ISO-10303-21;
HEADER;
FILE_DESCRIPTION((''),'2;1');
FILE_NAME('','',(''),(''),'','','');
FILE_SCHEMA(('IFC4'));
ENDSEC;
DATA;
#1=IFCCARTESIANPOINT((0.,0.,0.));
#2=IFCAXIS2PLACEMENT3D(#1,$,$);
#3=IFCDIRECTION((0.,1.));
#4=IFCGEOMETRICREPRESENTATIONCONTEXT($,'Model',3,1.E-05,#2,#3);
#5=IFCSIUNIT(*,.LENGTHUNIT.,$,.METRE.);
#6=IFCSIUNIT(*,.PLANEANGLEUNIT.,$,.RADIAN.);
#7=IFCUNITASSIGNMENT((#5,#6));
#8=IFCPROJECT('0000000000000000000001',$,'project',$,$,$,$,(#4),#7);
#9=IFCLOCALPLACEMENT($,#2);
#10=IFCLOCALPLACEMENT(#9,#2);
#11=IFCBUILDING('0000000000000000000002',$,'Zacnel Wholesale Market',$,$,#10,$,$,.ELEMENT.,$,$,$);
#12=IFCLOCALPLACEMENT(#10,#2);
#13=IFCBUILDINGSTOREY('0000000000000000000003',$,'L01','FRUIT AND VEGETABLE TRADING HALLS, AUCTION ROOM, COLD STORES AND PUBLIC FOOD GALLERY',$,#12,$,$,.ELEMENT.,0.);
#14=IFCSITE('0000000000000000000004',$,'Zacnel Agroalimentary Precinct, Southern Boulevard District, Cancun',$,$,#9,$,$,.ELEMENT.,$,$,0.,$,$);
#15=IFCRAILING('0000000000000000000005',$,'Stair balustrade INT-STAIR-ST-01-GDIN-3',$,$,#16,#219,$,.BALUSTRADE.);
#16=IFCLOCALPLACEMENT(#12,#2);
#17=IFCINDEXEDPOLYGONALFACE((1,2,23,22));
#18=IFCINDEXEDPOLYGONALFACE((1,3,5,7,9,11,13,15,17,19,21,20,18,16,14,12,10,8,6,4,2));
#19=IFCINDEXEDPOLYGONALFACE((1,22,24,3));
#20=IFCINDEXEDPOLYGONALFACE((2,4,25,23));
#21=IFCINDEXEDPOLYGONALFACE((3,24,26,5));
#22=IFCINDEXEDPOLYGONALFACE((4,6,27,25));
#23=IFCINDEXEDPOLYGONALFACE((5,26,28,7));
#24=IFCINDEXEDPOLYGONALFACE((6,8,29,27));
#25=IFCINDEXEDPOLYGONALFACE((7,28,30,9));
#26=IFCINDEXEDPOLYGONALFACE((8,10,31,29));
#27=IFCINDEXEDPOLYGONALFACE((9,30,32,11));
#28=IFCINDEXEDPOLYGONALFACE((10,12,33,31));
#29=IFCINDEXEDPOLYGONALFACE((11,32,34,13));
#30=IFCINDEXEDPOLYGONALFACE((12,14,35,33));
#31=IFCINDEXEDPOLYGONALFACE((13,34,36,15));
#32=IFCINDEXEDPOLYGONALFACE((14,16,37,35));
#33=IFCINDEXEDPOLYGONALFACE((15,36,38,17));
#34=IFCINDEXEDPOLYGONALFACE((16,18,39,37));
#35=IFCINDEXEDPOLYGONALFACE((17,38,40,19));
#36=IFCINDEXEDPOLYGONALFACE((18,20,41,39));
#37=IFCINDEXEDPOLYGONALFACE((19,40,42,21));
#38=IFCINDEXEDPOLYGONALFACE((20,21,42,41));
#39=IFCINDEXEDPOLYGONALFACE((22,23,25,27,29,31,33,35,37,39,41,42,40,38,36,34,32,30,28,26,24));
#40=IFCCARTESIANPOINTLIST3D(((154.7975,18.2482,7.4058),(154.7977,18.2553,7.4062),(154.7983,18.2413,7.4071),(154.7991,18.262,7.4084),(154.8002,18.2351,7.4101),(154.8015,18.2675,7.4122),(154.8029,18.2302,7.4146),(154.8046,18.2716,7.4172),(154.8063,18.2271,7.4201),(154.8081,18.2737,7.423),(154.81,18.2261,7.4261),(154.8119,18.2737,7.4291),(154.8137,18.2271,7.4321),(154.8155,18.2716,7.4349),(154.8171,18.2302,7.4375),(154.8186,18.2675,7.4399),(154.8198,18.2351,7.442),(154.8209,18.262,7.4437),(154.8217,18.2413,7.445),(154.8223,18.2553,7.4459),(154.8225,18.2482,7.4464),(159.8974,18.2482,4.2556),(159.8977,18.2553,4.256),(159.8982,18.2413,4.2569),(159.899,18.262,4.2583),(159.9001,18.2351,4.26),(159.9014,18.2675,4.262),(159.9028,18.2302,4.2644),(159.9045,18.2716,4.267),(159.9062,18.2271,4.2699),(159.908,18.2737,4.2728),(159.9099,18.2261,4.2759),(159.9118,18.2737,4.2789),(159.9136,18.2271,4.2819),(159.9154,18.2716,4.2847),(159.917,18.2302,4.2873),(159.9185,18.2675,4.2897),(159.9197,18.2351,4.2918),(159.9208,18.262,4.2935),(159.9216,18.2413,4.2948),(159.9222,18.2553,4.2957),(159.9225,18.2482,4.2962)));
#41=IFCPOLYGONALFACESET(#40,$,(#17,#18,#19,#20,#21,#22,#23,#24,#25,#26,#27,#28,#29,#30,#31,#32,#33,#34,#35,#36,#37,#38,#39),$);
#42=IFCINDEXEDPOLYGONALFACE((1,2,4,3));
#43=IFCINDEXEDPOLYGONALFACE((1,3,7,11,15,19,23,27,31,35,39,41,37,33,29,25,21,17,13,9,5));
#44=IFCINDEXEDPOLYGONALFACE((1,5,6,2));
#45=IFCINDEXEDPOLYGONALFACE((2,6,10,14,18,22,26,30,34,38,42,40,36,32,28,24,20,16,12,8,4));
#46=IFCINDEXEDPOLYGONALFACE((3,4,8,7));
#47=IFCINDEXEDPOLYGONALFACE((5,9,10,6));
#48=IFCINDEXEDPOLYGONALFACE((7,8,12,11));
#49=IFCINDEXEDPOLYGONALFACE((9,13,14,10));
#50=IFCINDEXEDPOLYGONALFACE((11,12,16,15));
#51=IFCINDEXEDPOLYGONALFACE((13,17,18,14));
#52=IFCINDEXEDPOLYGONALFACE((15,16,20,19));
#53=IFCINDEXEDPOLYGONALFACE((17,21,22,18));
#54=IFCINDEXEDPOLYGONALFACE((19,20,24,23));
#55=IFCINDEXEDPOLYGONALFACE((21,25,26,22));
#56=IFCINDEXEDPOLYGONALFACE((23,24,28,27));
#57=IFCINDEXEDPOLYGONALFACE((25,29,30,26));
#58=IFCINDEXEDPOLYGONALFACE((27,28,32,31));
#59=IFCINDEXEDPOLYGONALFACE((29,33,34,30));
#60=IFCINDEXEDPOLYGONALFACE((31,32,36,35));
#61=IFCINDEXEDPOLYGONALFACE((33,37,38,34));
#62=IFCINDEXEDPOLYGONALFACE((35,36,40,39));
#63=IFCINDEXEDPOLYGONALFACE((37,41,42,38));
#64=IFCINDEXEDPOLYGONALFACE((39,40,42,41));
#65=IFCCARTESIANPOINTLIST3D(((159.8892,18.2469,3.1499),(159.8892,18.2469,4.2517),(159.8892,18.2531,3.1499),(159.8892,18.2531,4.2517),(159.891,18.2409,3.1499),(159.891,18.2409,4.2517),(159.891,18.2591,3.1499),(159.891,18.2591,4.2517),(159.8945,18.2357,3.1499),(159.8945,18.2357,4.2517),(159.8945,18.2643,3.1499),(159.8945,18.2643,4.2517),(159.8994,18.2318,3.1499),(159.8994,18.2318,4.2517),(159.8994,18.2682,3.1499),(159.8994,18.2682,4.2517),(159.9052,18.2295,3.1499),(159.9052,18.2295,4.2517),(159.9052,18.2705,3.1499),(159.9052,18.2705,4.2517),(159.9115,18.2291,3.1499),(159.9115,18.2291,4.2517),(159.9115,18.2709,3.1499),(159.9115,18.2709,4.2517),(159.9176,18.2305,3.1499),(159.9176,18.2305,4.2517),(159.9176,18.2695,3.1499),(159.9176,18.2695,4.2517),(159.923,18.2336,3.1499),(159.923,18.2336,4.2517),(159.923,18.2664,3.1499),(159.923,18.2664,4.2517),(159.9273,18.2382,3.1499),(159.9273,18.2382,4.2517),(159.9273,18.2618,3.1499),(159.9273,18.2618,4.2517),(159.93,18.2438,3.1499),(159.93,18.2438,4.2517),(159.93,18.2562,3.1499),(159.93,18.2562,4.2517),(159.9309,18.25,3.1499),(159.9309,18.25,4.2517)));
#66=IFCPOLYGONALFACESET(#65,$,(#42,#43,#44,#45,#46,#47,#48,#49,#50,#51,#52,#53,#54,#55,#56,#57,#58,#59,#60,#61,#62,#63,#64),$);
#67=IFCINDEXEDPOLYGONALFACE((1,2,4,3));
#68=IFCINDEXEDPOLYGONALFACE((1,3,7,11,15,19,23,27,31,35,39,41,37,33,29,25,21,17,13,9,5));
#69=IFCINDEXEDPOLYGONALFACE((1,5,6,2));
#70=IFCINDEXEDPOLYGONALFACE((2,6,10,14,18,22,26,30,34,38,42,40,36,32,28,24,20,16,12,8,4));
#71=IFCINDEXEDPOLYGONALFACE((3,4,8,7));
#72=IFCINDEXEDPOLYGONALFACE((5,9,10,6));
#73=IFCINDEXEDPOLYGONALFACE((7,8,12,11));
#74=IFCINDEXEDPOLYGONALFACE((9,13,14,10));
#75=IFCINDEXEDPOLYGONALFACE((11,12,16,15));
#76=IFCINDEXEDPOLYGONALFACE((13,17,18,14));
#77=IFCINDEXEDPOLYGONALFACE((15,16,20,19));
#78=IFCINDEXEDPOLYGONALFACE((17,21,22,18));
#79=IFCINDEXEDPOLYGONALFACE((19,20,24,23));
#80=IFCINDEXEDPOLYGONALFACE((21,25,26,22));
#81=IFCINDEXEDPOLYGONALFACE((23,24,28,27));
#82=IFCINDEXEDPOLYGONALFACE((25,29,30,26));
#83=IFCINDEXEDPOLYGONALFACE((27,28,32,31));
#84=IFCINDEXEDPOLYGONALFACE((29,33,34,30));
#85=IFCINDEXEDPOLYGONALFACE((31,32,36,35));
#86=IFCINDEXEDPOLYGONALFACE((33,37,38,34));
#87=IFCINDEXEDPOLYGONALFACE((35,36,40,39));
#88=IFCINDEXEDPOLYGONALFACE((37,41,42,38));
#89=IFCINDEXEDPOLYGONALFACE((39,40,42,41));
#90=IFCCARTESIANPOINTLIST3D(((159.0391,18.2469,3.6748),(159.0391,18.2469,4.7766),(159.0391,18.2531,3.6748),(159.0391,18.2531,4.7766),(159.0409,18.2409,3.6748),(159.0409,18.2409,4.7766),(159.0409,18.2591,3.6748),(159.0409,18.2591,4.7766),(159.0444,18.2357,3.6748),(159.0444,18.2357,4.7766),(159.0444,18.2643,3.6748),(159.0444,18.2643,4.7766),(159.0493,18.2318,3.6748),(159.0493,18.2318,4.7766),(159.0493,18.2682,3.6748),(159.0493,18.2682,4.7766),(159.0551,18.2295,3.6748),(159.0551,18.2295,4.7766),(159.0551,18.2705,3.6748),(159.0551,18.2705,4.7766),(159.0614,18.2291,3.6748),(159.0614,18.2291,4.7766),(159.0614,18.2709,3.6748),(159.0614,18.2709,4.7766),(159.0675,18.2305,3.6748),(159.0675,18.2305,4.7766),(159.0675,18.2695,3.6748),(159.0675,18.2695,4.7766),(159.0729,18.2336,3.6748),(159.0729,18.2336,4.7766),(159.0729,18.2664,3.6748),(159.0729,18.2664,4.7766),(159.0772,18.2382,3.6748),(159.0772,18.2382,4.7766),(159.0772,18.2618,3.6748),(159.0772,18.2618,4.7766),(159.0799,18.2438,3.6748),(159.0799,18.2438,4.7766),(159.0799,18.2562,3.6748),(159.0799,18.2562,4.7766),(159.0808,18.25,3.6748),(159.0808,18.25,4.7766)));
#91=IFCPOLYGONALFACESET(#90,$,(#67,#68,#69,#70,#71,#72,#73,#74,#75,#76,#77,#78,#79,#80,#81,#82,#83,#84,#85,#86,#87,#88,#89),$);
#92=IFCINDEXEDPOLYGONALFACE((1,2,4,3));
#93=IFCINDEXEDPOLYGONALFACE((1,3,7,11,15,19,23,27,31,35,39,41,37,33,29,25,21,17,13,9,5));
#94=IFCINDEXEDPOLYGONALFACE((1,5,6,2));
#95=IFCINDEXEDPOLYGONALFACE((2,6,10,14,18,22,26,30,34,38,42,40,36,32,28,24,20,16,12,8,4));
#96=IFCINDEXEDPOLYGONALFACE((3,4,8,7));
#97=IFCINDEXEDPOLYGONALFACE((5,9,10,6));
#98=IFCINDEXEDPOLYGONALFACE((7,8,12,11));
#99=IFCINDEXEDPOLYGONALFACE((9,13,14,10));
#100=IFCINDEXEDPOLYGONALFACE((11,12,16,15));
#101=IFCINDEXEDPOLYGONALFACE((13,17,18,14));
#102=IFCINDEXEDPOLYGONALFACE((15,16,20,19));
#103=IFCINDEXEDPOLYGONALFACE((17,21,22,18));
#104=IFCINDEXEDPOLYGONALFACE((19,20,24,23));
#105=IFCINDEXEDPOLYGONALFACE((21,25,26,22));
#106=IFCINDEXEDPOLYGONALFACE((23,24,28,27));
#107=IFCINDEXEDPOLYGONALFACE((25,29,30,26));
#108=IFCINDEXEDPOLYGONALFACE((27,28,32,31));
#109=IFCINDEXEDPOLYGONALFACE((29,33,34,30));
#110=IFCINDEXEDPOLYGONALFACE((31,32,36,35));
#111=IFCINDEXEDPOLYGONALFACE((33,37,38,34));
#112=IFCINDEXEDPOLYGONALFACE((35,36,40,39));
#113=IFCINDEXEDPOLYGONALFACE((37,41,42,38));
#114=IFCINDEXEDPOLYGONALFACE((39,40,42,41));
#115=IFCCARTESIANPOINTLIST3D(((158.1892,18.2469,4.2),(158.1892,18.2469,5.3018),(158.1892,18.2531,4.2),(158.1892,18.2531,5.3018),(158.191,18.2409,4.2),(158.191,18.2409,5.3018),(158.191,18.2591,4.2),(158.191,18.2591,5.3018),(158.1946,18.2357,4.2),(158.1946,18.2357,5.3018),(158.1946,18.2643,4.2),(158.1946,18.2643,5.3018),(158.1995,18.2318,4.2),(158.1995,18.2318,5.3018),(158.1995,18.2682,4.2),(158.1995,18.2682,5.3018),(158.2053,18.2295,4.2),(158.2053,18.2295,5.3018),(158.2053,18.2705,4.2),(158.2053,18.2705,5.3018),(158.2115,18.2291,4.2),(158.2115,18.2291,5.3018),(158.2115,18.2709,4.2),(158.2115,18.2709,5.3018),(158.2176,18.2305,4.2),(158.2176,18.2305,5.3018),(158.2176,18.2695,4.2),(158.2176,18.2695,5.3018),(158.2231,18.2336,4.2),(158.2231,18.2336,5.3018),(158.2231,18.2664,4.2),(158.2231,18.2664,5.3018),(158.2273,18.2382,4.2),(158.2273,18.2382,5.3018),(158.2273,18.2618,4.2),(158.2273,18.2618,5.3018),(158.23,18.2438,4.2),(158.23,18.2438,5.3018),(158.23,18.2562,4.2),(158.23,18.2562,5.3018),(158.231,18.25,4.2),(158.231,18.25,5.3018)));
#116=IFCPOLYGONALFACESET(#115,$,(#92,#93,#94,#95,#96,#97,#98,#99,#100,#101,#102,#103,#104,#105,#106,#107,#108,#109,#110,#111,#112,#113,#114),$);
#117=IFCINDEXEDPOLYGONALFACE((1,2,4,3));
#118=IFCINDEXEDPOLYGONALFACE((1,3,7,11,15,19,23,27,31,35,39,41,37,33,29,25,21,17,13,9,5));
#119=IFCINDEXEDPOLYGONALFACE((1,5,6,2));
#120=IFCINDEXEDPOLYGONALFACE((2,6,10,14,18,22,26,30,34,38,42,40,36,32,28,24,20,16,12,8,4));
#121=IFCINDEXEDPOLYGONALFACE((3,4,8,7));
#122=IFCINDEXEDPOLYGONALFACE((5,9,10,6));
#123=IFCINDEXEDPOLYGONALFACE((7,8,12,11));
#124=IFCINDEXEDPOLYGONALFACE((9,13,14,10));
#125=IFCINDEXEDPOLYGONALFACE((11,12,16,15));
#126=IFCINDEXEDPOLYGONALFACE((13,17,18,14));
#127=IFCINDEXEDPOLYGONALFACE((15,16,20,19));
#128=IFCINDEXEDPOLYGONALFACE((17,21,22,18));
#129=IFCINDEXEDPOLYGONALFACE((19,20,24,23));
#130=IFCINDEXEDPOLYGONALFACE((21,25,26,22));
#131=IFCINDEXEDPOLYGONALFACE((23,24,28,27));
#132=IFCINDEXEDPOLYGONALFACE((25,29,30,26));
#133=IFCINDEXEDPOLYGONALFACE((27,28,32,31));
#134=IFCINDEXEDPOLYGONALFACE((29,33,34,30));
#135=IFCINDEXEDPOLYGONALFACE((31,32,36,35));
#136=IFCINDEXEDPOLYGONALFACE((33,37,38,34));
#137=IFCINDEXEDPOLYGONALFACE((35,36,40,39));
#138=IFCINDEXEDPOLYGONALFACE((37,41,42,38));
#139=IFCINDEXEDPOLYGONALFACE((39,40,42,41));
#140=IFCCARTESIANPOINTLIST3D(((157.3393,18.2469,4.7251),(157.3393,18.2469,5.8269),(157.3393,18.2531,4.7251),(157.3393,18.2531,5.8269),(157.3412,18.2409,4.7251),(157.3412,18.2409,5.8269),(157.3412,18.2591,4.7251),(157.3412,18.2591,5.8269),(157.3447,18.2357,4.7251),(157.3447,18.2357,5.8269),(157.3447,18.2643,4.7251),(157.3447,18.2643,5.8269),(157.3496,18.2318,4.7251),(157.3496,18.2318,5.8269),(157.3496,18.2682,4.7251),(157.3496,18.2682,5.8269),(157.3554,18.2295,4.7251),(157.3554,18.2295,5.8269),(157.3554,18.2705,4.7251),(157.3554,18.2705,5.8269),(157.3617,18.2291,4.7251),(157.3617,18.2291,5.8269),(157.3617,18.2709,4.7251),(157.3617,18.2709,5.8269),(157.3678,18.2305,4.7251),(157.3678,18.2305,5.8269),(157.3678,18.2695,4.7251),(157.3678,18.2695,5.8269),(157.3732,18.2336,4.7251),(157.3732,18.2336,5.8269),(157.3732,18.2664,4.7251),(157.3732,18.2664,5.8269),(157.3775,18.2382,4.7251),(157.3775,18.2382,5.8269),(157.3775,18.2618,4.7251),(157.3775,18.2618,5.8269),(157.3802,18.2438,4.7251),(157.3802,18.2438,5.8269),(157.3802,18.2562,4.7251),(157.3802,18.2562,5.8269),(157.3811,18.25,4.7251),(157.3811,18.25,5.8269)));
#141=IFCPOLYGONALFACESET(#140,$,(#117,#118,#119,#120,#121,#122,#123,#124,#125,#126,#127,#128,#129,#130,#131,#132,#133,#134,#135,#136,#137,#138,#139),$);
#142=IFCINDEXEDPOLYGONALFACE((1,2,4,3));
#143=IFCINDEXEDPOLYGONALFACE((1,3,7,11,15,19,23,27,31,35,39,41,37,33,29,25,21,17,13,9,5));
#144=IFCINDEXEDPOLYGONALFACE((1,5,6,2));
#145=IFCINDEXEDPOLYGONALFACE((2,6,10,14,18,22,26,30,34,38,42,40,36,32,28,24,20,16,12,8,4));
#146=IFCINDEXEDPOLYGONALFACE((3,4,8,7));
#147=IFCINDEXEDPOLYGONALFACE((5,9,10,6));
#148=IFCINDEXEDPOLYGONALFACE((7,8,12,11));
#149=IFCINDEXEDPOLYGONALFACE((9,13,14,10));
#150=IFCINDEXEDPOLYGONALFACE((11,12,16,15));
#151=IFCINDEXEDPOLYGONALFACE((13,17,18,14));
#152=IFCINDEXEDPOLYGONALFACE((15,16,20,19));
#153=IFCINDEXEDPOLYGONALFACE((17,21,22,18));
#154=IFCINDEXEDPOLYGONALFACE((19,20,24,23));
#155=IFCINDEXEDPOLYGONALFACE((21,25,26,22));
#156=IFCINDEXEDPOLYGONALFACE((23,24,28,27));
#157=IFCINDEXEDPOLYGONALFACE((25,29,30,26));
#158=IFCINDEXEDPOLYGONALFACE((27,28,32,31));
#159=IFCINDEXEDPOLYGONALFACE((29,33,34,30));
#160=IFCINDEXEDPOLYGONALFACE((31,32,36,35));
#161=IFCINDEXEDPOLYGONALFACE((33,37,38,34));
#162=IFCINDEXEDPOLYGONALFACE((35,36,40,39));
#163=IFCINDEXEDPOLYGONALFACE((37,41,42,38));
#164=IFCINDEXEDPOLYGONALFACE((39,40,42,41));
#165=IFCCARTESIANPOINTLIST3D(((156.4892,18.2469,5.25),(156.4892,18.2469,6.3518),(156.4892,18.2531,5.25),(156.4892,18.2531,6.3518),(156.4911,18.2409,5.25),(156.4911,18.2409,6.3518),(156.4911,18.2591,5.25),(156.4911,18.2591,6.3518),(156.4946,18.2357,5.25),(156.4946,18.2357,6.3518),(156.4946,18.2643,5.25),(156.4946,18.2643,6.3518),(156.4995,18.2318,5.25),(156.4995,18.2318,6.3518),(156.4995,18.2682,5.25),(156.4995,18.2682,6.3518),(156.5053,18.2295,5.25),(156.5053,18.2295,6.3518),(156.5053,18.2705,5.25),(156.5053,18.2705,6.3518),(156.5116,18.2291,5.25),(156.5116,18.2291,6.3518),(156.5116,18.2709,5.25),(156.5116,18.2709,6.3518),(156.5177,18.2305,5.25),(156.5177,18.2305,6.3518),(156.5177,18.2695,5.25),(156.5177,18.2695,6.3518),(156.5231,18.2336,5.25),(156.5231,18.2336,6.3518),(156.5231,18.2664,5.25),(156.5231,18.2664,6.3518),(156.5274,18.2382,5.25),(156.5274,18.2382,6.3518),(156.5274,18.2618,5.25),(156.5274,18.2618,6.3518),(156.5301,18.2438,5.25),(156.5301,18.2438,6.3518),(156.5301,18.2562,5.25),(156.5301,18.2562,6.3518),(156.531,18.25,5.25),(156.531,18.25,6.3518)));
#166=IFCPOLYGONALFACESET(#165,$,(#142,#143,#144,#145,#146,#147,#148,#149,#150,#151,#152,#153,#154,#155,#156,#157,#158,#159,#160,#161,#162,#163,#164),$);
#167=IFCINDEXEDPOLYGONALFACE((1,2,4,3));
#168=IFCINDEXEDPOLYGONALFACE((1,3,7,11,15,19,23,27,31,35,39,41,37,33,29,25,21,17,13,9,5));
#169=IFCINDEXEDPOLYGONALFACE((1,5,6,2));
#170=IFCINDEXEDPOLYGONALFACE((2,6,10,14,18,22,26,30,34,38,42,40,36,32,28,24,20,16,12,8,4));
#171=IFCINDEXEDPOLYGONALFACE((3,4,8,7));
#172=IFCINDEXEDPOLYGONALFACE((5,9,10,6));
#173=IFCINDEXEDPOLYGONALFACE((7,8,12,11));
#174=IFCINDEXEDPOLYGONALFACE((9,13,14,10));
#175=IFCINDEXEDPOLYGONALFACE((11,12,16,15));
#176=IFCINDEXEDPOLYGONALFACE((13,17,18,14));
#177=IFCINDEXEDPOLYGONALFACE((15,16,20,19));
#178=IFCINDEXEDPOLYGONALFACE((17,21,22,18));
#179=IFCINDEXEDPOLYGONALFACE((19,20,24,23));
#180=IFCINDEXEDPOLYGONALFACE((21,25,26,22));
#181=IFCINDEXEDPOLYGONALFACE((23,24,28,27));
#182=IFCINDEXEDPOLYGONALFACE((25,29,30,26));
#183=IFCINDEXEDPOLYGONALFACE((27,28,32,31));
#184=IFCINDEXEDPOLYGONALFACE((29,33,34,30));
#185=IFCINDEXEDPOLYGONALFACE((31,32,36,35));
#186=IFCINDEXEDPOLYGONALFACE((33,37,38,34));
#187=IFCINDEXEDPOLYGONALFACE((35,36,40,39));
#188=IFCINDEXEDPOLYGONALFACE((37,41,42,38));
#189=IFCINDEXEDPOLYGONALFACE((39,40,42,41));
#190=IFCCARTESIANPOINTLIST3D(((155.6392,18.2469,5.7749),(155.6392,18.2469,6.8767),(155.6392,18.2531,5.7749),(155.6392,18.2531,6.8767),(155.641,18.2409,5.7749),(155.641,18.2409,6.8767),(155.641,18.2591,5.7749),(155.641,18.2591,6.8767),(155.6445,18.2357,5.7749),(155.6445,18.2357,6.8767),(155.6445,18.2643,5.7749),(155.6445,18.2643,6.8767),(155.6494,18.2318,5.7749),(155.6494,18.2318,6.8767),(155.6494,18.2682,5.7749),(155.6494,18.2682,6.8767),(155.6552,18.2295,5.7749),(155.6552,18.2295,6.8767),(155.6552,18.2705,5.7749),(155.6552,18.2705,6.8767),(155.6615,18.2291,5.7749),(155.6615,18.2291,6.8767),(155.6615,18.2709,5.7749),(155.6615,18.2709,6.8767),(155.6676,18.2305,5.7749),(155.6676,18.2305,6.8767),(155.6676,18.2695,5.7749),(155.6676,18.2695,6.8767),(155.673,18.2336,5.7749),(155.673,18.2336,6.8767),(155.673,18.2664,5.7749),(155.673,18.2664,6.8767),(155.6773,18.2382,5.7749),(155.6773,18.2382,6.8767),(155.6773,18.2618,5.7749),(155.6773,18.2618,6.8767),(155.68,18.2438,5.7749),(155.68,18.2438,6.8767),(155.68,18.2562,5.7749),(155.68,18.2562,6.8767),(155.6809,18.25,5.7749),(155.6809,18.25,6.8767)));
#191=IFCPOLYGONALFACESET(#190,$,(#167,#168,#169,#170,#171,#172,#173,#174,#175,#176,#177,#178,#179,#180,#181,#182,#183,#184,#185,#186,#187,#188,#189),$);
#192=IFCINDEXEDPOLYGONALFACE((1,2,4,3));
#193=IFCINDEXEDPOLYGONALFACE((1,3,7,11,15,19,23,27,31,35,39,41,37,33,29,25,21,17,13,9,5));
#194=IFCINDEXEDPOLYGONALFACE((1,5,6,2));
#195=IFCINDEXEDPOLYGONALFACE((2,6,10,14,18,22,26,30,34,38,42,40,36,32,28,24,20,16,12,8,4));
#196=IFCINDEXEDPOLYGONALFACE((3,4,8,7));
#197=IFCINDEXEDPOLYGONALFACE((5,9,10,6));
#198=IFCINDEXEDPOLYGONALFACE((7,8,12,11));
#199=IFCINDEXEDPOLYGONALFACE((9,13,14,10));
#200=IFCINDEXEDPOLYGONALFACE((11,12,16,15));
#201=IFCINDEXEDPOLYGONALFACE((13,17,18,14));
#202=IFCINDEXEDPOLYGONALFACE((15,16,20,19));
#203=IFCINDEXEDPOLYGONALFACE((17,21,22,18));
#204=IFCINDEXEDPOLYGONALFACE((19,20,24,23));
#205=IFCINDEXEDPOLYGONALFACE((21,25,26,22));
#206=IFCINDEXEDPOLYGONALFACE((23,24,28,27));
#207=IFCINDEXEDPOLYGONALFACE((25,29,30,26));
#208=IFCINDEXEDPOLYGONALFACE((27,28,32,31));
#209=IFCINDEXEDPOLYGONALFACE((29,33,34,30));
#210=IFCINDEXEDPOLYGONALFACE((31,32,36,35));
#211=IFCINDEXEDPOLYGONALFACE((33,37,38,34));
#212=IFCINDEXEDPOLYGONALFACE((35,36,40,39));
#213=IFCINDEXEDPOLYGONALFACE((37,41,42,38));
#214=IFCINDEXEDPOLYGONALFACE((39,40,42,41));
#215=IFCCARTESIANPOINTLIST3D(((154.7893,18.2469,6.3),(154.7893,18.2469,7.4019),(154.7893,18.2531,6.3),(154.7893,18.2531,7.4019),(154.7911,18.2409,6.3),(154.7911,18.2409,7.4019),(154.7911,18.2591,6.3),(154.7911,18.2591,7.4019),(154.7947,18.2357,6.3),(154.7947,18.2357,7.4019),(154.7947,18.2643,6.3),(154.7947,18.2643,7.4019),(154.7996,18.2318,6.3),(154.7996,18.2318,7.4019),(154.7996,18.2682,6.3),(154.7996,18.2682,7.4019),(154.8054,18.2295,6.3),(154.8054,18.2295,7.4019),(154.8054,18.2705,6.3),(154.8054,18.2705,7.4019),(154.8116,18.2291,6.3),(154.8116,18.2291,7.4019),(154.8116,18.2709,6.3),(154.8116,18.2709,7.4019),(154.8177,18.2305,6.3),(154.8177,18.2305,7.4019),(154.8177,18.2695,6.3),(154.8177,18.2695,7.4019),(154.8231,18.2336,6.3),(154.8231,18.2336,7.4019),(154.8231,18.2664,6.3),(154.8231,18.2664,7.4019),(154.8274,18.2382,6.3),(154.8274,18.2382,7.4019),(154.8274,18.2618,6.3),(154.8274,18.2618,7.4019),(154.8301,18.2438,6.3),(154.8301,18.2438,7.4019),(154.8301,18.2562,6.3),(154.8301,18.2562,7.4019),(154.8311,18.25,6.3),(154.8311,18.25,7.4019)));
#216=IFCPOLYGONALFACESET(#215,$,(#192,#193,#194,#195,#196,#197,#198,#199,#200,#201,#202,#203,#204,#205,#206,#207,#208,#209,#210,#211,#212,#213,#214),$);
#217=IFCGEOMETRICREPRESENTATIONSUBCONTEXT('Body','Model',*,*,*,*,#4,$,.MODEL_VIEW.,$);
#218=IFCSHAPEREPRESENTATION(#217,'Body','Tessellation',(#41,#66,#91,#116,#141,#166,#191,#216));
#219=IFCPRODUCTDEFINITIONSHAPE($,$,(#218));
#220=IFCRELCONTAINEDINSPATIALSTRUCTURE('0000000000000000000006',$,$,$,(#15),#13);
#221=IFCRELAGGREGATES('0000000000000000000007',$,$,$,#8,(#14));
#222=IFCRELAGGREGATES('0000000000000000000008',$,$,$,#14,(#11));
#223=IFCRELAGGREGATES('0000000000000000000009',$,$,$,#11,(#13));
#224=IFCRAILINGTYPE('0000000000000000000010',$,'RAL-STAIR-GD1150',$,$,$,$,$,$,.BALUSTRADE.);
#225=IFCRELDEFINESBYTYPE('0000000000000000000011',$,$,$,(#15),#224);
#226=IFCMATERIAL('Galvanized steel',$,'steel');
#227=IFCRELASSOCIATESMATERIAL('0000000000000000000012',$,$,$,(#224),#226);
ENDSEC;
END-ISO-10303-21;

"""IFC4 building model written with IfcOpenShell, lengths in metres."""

from ifc_helpers import new_model, si_unit, direction, frame, origin, origin_2d, place, context, subcontext, project, spatial, circle, extrude, material, type_object, element, save


model = new_model("IFC4")

# Units and contexts
model_context = context("Model", 3, precision=1e-05, world=origin(), true_north=direction((0.0, 1.0)))
body_context = subcontext(model_context, "Body", "Model", "MODEL_VIEW")
ifc_project = project(units=[si_unit("LENGTHUNIT", "METRE"), si_unit("PLANEANGLEUNIT", "RADIAN")], contexts=[model_context])

# Site, building, storey
site_placement = place(None, origin())
site = spatial("IfcSite", under=ifc_project, at=site_placement, Name="Zacnel Agroalimentary Precinct, Southern Boulevard District, Cancun", CompositionType="ELEMENT", RefElevation=0.0)
building_placement = place(site_placement, origin())
building = spatial("IfcBuilding", under=site, at=building_placement, Name="Zacnel Wholesale Market", CompositionType="ELEMENT")
storey_placement = place(building_placement, origin())
storey = spatial("IfcBuildingStorey", under=building, at=storey_placement, Name="L01", Description="FRUIT AND VEGETABLE TRADING HALLS, AUCTION ROOM, COLD STORES AND PUBLIC FOOD GALLERY", CompositionType="ELEMENT", Elevation=0.0)

# Railing
ifc_material_1 = material(Name="Galvanized steel", Category="steel")
railing_type_1 = type_object("IfcRailingType", Name="RAL-STAIR-GD1150", PredefinedType="BALUSTRADE", material=ifc_material_1)
railing_1_placement = place(storey_placement, frame((159.9099, 18.25, 3.1499)))
element("IfcRailing", 1, at=railing_1_placement, inside=storey, type_object=railing_type_1, Name="Stair balustrade INT-STAIR-ST-01-GDIN-3", PredefinedType="BALUSTRADE", context=body_context, shape_type="SweptSolid", body=[
    extrude(circle(Radius=0.0239, at=origin_2d()), frame((0.0, 0.0, 1.126), z_axis=(-0.85078, 0.0, 0.525521), x_axis=(0.0, -1.0, 0.0)), (0.0, 0.0, 1.0), 5.9944),
    extrude(circle(Radius=0.021, at=origin_2d()), origin(), (0.0, 0.0, 1.0), 1.1018),
    extrude(circle(Radius=0.021, at=origin_2d()), frame((-0.8501, 0.0, 0.5249)), (0.0, 0.0, 1.0), 1.1018),
    extrude(circle(Radius=0.021, at=origin_2d()), frame((-1.7, 0.0, 1.05)), (0.0, 0.0, 1.0), 1.1018),
    extrude(circle(Radius=0.021, at=origin_2d()), frame((-2.5498, 0.0, 1.5752)), (0.0, 0.0, 1.0), 1.1018),
    extrude(circle(Radius=0.021, at=origin_2d()), frame((-3.3999, 0.0, 2.1001)), (0.0, 0.0, 1.0), 1.1018),
    extrude(circle(Radius=0.021, at=origin_2d()), frame((-4.25, 0.0, 2.625)), (0.0, 0.0, 1.0), 1.1018),
    extrude(circle(Radius=0.021, at=origin_2d()), frame((-5.0999, 0.0, 3.1501)), (0.0, 0.0, 1.0), 1.1018),
])

save(model, "model.ifc")
